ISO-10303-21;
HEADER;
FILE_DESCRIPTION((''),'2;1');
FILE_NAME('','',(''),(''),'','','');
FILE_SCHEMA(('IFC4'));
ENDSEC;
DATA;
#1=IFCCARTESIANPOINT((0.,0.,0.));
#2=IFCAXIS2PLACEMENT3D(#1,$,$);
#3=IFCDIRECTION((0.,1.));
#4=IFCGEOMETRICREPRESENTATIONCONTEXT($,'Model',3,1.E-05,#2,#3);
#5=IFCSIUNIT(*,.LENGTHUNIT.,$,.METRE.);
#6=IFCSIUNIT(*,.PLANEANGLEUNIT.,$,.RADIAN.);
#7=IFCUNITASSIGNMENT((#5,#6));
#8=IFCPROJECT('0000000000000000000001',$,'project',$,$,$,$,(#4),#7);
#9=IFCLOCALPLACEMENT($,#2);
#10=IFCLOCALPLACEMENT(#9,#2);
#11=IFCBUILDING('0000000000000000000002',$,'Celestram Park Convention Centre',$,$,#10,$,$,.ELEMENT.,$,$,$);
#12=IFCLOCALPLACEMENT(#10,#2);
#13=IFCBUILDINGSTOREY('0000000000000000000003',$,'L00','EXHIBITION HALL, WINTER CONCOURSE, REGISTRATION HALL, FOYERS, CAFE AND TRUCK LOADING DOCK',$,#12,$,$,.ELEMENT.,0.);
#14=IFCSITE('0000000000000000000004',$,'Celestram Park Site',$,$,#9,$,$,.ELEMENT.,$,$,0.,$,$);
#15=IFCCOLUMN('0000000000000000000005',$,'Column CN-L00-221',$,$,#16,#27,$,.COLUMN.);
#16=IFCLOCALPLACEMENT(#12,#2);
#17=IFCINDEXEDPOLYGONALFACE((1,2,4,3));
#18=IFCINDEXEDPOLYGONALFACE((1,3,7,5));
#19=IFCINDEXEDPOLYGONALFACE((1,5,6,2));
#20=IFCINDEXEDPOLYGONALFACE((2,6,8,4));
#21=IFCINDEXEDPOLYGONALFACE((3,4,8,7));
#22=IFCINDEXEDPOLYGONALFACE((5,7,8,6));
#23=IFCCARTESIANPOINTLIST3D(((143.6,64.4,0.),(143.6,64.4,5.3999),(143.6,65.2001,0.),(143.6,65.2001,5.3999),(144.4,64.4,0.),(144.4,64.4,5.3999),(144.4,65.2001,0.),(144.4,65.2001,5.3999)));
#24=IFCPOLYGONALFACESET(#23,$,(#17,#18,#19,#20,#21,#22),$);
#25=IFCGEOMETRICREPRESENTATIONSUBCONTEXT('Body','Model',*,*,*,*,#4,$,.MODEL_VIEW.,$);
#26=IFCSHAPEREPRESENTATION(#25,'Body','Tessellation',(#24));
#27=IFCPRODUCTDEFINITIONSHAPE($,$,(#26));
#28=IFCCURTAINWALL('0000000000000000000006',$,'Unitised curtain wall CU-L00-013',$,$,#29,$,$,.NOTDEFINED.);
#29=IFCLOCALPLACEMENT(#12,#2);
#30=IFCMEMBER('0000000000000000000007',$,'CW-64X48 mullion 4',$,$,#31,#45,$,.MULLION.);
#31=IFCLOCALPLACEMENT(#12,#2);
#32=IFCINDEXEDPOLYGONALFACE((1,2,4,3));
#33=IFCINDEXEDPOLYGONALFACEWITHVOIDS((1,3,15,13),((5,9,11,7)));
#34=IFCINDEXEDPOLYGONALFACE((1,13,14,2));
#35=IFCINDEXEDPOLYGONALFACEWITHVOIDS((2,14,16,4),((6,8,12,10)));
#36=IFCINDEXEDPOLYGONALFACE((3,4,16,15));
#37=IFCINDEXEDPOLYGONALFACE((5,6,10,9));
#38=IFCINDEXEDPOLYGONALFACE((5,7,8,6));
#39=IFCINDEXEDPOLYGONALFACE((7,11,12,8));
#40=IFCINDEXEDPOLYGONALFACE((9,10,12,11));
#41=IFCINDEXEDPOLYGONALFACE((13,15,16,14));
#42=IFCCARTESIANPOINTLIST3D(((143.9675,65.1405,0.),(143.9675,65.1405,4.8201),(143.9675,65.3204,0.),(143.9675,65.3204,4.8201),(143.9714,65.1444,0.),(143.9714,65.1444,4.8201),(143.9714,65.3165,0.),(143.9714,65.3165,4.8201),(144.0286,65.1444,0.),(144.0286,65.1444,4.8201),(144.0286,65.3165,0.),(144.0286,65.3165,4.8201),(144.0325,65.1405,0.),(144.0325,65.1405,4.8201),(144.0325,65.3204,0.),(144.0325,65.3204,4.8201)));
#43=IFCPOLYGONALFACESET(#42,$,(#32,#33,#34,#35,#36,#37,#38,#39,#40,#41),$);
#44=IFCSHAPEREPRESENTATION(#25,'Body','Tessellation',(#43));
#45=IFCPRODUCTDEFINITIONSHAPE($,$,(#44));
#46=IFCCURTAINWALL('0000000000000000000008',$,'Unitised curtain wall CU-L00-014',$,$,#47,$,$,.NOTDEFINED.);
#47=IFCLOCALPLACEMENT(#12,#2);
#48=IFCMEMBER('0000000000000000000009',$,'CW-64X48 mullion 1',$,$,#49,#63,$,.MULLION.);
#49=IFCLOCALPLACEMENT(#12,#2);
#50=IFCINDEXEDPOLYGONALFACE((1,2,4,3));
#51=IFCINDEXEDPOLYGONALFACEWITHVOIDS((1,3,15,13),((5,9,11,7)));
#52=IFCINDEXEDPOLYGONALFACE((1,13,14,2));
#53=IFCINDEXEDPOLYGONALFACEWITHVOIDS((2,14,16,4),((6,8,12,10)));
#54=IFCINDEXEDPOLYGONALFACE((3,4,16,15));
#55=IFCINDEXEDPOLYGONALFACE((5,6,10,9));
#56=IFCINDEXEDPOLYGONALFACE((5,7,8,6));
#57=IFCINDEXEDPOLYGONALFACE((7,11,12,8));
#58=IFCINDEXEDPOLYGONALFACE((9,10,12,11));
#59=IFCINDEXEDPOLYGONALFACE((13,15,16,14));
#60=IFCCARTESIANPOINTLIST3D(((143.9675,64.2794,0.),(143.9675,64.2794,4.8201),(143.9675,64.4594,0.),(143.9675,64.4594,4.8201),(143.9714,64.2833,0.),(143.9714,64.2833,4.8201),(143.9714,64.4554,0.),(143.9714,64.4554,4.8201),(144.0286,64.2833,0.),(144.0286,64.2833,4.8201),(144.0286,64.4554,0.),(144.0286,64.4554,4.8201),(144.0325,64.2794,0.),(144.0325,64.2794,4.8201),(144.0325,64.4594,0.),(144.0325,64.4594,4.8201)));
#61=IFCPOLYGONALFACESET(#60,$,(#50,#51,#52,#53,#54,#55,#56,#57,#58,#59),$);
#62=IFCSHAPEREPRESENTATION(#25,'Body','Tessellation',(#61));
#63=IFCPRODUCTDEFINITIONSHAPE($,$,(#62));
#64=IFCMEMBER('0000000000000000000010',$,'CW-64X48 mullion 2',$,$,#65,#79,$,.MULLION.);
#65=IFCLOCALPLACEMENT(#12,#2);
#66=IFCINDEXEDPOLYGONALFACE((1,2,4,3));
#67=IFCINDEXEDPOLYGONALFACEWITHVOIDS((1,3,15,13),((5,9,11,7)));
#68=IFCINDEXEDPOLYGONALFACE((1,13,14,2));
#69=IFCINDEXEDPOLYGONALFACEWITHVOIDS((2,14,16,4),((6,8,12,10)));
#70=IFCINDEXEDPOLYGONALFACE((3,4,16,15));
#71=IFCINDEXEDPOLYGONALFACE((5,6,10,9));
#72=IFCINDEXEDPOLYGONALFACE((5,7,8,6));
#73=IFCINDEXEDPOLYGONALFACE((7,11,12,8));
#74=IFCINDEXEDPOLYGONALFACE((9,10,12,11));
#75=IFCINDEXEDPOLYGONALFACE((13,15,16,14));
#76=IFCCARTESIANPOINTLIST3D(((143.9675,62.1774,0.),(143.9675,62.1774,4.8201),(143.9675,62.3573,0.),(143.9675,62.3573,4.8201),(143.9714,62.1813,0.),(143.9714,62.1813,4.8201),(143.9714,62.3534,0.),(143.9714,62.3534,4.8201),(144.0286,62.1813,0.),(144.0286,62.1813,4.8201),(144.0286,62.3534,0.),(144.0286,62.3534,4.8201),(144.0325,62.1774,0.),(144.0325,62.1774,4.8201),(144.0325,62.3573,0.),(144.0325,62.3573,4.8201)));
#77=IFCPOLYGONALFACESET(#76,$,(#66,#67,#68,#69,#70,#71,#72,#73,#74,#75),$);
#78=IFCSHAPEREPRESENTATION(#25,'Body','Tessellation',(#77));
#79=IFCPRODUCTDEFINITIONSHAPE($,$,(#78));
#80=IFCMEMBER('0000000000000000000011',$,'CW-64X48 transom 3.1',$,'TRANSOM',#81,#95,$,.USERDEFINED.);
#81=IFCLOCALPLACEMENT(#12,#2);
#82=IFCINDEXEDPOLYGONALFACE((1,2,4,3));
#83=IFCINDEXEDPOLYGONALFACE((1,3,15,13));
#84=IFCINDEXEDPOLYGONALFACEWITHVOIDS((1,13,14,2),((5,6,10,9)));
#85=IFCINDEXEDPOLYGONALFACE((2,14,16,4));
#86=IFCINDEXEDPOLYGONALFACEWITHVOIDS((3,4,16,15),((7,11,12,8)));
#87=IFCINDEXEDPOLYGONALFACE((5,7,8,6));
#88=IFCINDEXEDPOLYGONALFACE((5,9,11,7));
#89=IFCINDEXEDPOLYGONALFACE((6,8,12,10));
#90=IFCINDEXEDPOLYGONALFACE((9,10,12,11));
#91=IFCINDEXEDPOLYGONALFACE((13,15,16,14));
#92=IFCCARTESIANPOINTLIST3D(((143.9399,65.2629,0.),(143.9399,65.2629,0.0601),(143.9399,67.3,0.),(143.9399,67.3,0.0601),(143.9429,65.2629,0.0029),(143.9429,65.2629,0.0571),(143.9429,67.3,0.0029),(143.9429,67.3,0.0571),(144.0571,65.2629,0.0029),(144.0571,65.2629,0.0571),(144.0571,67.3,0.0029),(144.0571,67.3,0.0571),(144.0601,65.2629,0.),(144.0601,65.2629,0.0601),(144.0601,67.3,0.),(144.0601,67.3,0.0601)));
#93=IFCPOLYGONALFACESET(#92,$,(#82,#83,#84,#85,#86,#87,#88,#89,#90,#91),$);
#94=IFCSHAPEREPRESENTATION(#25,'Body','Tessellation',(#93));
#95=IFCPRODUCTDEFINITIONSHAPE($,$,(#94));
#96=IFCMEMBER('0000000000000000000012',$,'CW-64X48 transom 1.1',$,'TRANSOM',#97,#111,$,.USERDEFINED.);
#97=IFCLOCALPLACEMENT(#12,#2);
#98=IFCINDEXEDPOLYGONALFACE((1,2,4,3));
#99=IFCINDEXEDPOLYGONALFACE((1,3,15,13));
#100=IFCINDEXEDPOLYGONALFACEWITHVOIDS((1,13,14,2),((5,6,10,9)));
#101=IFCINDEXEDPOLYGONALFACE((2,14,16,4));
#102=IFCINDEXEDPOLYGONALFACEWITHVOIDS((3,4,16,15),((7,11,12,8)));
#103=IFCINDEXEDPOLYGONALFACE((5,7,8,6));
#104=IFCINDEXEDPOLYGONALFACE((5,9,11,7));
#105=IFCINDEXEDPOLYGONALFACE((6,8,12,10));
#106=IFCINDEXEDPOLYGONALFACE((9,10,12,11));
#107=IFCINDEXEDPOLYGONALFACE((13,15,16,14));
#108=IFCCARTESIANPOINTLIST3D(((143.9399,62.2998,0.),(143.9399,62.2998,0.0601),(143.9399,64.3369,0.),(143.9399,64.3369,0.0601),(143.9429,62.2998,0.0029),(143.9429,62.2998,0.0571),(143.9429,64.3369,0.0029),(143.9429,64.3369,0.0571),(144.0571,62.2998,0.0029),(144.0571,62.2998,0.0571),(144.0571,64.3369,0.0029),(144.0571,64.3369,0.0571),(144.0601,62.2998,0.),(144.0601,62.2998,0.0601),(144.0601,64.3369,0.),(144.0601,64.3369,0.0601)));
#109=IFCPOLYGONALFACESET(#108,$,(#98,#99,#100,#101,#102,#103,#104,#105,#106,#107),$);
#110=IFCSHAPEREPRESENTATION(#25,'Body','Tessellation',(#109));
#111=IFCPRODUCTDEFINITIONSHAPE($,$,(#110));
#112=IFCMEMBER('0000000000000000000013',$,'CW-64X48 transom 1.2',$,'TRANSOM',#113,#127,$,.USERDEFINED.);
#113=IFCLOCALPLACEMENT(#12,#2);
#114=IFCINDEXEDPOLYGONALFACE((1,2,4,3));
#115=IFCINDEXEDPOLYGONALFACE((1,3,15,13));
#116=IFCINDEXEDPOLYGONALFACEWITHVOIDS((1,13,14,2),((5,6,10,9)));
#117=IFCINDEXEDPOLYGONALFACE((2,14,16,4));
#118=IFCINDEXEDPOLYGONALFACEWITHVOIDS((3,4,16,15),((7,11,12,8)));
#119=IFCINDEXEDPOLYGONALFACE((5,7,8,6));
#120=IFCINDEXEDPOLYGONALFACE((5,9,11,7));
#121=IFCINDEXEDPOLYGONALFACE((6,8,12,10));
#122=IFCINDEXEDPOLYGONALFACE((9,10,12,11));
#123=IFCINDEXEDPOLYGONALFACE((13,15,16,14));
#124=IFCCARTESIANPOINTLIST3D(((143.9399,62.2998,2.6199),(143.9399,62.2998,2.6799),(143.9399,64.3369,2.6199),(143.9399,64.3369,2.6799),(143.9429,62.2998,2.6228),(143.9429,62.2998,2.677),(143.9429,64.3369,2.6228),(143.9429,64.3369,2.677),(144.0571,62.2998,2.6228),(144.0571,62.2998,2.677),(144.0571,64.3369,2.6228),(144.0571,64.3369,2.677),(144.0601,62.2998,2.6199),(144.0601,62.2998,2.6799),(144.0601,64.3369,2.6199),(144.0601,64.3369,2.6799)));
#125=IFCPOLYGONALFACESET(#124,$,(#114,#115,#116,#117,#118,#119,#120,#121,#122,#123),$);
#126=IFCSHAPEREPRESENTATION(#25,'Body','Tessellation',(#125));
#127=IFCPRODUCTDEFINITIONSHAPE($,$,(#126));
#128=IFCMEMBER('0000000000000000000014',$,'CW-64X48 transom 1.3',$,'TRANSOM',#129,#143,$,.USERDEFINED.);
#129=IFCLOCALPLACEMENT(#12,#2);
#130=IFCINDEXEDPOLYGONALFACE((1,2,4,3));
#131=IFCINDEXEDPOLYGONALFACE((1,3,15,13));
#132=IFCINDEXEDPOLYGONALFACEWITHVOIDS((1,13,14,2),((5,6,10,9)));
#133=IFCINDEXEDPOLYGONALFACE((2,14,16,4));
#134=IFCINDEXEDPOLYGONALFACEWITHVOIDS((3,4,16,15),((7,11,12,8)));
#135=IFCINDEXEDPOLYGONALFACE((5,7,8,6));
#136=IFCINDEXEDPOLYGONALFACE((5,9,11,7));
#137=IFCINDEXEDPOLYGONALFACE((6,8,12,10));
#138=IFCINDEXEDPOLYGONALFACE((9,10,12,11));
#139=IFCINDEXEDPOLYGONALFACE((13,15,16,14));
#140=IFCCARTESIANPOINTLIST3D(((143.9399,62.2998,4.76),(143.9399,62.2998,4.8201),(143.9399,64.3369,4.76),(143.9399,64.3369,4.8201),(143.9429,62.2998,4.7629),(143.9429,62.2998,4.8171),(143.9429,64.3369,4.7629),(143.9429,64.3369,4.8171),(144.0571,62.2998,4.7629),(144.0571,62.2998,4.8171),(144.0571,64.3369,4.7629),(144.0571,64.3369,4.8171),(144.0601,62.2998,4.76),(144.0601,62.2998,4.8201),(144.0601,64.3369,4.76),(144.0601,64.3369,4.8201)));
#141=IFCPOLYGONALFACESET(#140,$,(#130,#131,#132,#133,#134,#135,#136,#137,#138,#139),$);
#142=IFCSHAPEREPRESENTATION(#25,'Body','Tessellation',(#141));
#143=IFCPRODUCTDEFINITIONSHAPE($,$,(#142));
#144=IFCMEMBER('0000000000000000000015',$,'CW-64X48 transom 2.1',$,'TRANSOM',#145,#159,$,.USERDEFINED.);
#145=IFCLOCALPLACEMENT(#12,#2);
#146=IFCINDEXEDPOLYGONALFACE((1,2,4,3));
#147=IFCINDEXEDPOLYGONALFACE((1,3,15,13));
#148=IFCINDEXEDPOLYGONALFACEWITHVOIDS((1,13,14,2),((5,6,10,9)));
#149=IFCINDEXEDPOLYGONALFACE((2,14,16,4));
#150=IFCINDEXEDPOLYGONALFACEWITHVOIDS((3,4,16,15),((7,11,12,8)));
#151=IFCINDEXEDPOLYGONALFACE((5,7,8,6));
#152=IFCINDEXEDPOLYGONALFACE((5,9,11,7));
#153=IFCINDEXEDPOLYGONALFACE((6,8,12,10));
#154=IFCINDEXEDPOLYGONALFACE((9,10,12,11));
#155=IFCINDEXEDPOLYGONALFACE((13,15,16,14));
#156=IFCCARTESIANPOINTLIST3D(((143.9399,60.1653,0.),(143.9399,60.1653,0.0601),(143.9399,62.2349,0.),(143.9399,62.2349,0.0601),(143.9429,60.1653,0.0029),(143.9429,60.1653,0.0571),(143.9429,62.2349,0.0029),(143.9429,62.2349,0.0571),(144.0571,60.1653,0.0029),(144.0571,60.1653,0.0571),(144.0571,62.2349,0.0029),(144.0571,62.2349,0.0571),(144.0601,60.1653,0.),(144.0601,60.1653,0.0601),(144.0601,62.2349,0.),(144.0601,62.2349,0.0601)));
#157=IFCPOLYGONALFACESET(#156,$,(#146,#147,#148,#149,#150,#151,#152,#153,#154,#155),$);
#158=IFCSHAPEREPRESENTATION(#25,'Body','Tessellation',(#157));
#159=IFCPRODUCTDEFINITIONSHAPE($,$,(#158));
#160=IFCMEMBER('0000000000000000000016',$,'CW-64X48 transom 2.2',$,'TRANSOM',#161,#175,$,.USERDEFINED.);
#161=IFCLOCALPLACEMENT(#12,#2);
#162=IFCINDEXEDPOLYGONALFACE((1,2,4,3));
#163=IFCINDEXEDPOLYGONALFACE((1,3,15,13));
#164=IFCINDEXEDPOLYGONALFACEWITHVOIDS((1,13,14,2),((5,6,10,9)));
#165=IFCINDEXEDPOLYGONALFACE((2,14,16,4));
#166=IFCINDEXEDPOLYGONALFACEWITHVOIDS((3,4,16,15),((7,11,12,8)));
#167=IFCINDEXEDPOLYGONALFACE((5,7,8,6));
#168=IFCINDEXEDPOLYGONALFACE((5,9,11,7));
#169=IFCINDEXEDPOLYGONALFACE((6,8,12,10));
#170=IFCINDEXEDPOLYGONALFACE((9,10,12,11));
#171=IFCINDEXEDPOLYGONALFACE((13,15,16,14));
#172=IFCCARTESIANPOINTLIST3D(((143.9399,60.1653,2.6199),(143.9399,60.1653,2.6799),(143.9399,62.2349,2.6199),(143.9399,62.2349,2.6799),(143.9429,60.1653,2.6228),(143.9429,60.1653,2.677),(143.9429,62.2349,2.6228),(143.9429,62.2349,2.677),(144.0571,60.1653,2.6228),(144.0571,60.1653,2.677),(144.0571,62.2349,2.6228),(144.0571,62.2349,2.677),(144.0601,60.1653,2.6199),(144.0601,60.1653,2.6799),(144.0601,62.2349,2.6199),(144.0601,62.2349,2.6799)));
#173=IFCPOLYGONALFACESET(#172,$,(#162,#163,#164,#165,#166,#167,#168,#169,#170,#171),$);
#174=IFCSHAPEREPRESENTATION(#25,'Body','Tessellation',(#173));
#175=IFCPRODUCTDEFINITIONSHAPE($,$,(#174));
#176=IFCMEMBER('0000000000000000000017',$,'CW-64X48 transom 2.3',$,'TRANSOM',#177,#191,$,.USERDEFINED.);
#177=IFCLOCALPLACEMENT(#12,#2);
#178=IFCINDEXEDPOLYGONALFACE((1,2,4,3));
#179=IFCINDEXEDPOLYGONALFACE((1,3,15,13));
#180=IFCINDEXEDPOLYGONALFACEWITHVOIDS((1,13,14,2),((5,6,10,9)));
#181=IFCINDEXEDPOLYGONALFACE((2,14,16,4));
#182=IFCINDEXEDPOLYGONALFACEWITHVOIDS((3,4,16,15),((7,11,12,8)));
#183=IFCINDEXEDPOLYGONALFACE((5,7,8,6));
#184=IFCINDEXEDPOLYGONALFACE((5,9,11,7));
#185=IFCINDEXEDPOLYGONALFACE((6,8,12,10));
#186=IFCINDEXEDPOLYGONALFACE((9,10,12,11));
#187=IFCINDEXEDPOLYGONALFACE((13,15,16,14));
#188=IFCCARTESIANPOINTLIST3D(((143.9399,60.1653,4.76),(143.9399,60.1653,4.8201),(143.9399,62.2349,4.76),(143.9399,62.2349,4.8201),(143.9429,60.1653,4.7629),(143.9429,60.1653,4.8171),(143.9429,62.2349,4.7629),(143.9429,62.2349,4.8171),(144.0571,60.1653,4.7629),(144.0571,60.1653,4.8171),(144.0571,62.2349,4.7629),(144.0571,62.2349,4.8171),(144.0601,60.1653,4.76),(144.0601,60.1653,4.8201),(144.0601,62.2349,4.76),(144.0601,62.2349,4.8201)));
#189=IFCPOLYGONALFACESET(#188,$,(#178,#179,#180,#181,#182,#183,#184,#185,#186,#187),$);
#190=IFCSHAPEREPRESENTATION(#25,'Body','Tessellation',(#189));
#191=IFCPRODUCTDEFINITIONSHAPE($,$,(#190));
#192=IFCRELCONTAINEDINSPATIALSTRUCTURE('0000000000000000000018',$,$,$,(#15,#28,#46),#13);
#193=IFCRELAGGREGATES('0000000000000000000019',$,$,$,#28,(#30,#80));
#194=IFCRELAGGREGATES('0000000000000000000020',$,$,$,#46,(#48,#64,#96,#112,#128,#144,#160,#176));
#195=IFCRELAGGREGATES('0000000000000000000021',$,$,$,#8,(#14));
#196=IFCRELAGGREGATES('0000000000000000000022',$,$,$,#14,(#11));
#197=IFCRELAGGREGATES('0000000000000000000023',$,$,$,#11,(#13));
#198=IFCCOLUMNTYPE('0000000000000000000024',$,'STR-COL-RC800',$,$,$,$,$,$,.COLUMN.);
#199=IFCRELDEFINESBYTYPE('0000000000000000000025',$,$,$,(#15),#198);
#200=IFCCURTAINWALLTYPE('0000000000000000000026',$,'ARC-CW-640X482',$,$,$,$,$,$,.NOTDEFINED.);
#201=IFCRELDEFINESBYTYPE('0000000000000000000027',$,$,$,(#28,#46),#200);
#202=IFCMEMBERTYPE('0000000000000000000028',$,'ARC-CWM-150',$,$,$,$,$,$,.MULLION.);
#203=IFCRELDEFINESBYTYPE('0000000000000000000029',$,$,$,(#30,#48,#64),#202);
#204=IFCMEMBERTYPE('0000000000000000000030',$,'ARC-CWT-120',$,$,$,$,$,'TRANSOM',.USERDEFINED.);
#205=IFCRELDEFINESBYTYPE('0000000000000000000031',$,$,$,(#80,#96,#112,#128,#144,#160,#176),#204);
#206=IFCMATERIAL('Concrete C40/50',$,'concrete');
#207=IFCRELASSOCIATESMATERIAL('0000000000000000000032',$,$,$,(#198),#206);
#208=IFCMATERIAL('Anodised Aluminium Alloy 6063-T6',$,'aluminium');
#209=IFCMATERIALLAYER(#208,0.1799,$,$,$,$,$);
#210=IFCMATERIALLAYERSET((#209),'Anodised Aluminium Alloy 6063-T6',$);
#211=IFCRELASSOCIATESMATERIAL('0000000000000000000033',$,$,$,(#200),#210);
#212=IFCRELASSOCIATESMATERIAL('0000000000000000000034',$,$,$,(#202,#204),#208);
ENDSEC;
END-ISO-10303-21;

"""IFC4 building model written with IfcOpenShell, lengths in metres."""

from ifc_helpers import new_model, si_unit, direction, frame, origin, origin_2d, place, context, subcontext, project, spatial, rectangle, hollow_rectangle, extrude, material, layer, layer_set, material_profile, profile_set, type_object, element, aggregate, save


model = new_model("IFC4")

# Units and contexts
model_context = context("Model", 3, precision=1e-05, world=origin(), true_north=direction((0.0, 1.0)))
body_context = subcontext(model_context, "Body", "Model", "MODEL_VIEW")
ifc_project = project(units=[si_unit("LENGTHUNIT", "METRE"), si_unit("PLANEANGLEUNIT", "RADIAN")], contexts=[model_context])

# Site, building, storey
site_placement = place(None, origin())
site = spatial("IfcSite", under=ifc_project, at=site_placement, Name="Celestram Park Site", CompositionType="ELEMENT", RefElevation=0.0)
building_placement = place(site_placement, origin())
building = spatial("IfcBuilding", under=site, at=building_placement, Name="Celestram Park Convention Centre", CompositionType="ELEMENT")
storey_placement = place(building_placement, origin())
storey = spatial("IfcBuildingStorey", under=building, at=storey_placement, Name="L00", Description="EXHIBITION HALL, WINTER CONCOURSE, REGISTRATION HALL, FOYERS, CAFE AND TRUCK LOADING DOCK", CompositionType="ELEMENT", Elevation=0.0)

# Column
ifc_material_1 = material(Name="Concrete C40/50", Category="concrete")
ifc_material_profile_1 = material_profile(ifc_material_1, rectangle(XDim=0.8, YDim=0.8, at=origin_2d()), Name="RC800X800")
ifc_profile_set_1 = profile_set([ifc_material_profile_1], Name="Concrete C40/50")
column_type = type_object("IfcColumnType", Name="STR-COL-RC800", PredefinedType="COLUMN", material=ifc_profile_set_1)
column_placement = place(storey_placement, frame((144.0, 64.8, 0.0), z_axis=(0.0, 0.0, 1.0), x_axis=(1.0, 0.0, 0.0)))
element("IfcColumn", 1, at=column_placement, inside=storey, type_object=column_type, Name="Column CN-L00-221", PredefinedType="COLUMN", context=body_context, shape_type="SweptSolid", body=[
    extrude(rectangle(XDim=0.8, YDim=0.8, at=origin_2d()), origin(), (0.0, 0.0, 1.0), 5.3999),
])

# Curtain wall, member
ifc_material_2 = material(Name="Anodised Aluminium Alloy 6063-T6", Category="aluminium")
ifc_layer_1 = layer(ifc_material_2, 0.1799)
ifc_layer_set_1 = layer_set([ifc_layer_1], Name="Anodised Aluminium Alloy 6063-T6")
curtain_wall_type = type_object("IfcCurtainWallType", Name="ARC-CW-640X482", PredefinedType="NOTDEFINED", material=ifc_layer_set_1)
curtain_wall_1_placement = place(storey_placement, origin())
curtain_wall_1 = element("IfcCurtainWall", 2, at=curtain_wall_1_placement, inside=storey, type_object=curtain_wall_type, Name="Unitised curtain wall CU-L00-013", PredefinedType="NOTDEFINED")
ifc_material_profile_2 = material_profile(ifc_material_2, hollow_rectangle(XDim=0.0649, YDim=0.1799, WallThickness=0.0039, at=origin_2d()), Name="ALU65X180X4")
ifc_profile_set_2 = profile_set([ifc_material_profile_2], Name="Anodised Aluminium Alloy 6063-T6")
member_type_1 = type_object("IfcMemberType", Name="ARC-CWM-150", PredefinedType="MULLION", material=ifc_profile_set_2)
member_1_placement = place(storey_placement, frame((144.0, 65.2305, 0.0), z_axis=(0.0, 0.0, 1.0), x_axis=(1.0, 0.0, 0.0)))
member_1 = element("IfcMember", 3, at=member_1_placement, type_object=member_type_1, Name="CW-64X48 mullion 4", PredefinedType="MULLION", context=body_context, shape_type="SweptSolid", body=[
    extrude(hollow_rectangle(XDim=0.0649, YDim=0.1799, WallThickness=0.0039, at=origin_2d()), origin(), (0.0, 0.0, 1.0), 4.8201),
])

# Curtain wall, members
curtain_wall_2_placement = place(storey_placement, origin())
curtain_wall_2 = element("IfcCurtainWall", 4, at=curtain_wall_2_placement, inside=storey, type_object=curtain_wall_type, Name="Unitised curtain wall CU-L00-014", PredefinedType="NOTDEFINED")
member_2_placement = place(storey_placement, frame((144.0, 64.3694, 0.0), z_axis=(0.0, 0.0, 1.0), x_axis=(1.0, 0.0, 0.0)))
member_2 = element("IfcMember", 5, at=member_2_placement, type_object=member_type_1, Name="CW-64X48 mullion 1", PredefinedType="MULLION", context=body_context, shape_type="SweptSolid", body=[
    extrude(hollow_rectangle(XDim=0.0649, YDim=0.1799, WallThickness=0.0039, at=origin_2d()), origin(), (0.0, 0.0, 1.0), 4.8201),
])
member_3_placement = place(storey_placement, frame((144.0, 62.2673, 0.0), z_axis=(0.0, 0.0, 1.0), x_axis=(1.0, 0.0, 0.0)))
member_3 = element("IfcMember", 6, at=member_3_placement, type_object=member_type_1, Name="CW-64X48 mullion 2", PredefinedType="MULLION", context=body_context, shape_type="SweptSolid", body=[
    extrude(hollow_rectangle(XDim=0.0649, YDim=0.1799, WallThickness=0.0039, at=origin_2d()), origin(), (0.0, 0.0, 1.0), 4.8201),
])

# Members
ifc_material_profile_3 = material_profile(ifc_material_2, hollow_rectangle(XDim=0.1201, YDim=0.0601, WallThickness=0.0029, at=origin_2d()), Name="ALU120X60X3")
ifc_profile_set_3 = profile_set([ifc_material_profile_3], Name="Anodised Aluminium Alloy 6063-T6")
member_type_2 = type_object("IfcMemberType", Name="ARC-CWT-120", ElementType="TRANSOM", PredefinedType="USERDEFINED", material=ifc_profile_set_3)
member_4_placement = place(storey_placement, frame((144.0, 67.3, 0.03), z_axis=(0.0, -1.0, 0.0), x_axis=(1.0, 0.0, 0.0)))
member_4 = element("IfcMember", 7, at=member_4_placement, type_object=member_type_2, Name="CW-64X48 transom 3.1", ObjectType="TRANSOM", PredefinedType="USERDEFINED", context=body_context, shape_type="SweptSolid", body=[
    extrude(hollow_rectangle(XDim=0.1201, YDim=0.0601, WallThickness=0.0029, at=origin_2d()), origin(), (0.0, 0.0, 1.0), 2.0371),
])
member_5_placement = place(storey_placement, frame((144.0, 64.3369, 0.03), z_axis=(0.0, -1.0, 0.0), x_axis=(1.0, 0.0, 0.0)))
member_5 = element("IfcMember", 8, at=member_5_placement, type_object=member_type_2, Name="CW-64X48 transom 1.1", ObjectType="TRANSOM", PredefinedType="USERDEFINED", context=body_context, shape_type="SweptSolid", body=[
    extrude(hollow_rectangle(XDim=0.1201, YDim=0.0601, WallThickness=0.0029, at=origin_2d()), origin(), (0.0, 0.0, 1.0), 2.0371),
])
member_6_placement = place(storey_placement, frame((144.0, 64.3369, 2.6499), z_axis=(0.0, -1.0, 0.0), x_axis=(1.0, 0.0, 0.0)))
member_6 = element("IfcMember", 9, at=member_6_placement, type_object=member_type_2, Name="CW-64X48 transom 1.2", ObjectType="TRANSOM", PredefinedType="USERDEFINED", context=body_context, shape_type="SweptSolid", body=[
    extrude(hollow_rectangle(XDim=0.1201, YDim=0.0601, WallThickness=0.0029, at=origin_2d()), origin(), (0.0, 0.0, 1.0), 2.0371),
])
member_7_placement = place(storey_placement, frame((144.0, 64.3369, 4.79), z_axis=(0.0, -1.0, 0.0), x_axis=(1.0, 0.0, 0.0)))
member_7 = element("IfcMember", 10, at=member_7_placement, type_object=member_type_2, Name="CW-64X48 transom 1.3", ObjectType="TRANSOM", PredefinedType="USERDEFINED", context=body_context, shape_type="SweptSolid", body=[
    extrude(hollow_rectangle(XDim=0.1201, YDim=0.0601, WallThickness=0.0029, at=origin_2d()), origin(), (0.0, 0.0, 1.0), 2.0371),
])
member_8_placement = place(storey_placement, frame((144.0, 62.2349, 0.03), z_axis=(0.0, -1.0, 0.0), x_axis=(1.0, 0.0, 0.0)))
member_8 = element("IfcMember", 11, at=member_8_placement, type_object=member_type_2, Name="CW-64X48 transom 2.1", ObjectType="TRANSOM", PredefinedType="USERDEFINED", context=body_context, shape_type="SweptSolid", body=[
    extrude(hollow_rectangle(XDim=0.1201, YDim=0.0601, WallThickness=0.0029, at=origin_2d()), origin(), (0.0, 0.0, 1.0), 2.0696),
])
member_9_placement = place(storey_placement, frame((144.0, 62.2349, 2.6499), z_axis=(0.0, -1.0, 0.0), x_axis=(1.0, 0.0, 0.0)))
member_9 = element("IfcMember", 12, at=member_9_placement, type_object=member_type_2, Name="CW-64X48 transom 2.2", ObjectType="TRANSOM", PredefinedType="USERDEFINED", context=body_context, shape_type="SweptSolid", body=[
    extrude(hollow_rectangle(XDim=0.1201, YDim=0.0601, WallThickness=0.0029, at=origin_2d()), origin(), (0.0, 0.0, 1.0), 2.0696),
])
member_10_placement = place(storey_placement, frame((144.0, 62.2349, 4.79), z_axis=(0.0, -1.0, 0.0), x_axis=(1.0, 0.0, 0.0)))
member_10 = element("IfcMember", 13, at=member_10_placement, type_object=member_type_2, Name="CW-64X48 transom 2.3", ObjectType="TRANSOM", PredefinedType="USERDEFINED", context=body_context, shape_type="SweptSolid", body=[
    extrude(hollow_rectangle(XDim=0.1201, YDim=0.0601, WallThickness=0.0029, at=origin_2d()), origin(), (0.0, 0.0, 1.0), 2.0696),
])

aggregate(curtain_wall_1, [member_1, member_4])
aggregate(curtain_wall_2, [member_2, member_3, member_5, member_6, member_7, member_8, member_9, member_10])

save(model, "model.ifc")
